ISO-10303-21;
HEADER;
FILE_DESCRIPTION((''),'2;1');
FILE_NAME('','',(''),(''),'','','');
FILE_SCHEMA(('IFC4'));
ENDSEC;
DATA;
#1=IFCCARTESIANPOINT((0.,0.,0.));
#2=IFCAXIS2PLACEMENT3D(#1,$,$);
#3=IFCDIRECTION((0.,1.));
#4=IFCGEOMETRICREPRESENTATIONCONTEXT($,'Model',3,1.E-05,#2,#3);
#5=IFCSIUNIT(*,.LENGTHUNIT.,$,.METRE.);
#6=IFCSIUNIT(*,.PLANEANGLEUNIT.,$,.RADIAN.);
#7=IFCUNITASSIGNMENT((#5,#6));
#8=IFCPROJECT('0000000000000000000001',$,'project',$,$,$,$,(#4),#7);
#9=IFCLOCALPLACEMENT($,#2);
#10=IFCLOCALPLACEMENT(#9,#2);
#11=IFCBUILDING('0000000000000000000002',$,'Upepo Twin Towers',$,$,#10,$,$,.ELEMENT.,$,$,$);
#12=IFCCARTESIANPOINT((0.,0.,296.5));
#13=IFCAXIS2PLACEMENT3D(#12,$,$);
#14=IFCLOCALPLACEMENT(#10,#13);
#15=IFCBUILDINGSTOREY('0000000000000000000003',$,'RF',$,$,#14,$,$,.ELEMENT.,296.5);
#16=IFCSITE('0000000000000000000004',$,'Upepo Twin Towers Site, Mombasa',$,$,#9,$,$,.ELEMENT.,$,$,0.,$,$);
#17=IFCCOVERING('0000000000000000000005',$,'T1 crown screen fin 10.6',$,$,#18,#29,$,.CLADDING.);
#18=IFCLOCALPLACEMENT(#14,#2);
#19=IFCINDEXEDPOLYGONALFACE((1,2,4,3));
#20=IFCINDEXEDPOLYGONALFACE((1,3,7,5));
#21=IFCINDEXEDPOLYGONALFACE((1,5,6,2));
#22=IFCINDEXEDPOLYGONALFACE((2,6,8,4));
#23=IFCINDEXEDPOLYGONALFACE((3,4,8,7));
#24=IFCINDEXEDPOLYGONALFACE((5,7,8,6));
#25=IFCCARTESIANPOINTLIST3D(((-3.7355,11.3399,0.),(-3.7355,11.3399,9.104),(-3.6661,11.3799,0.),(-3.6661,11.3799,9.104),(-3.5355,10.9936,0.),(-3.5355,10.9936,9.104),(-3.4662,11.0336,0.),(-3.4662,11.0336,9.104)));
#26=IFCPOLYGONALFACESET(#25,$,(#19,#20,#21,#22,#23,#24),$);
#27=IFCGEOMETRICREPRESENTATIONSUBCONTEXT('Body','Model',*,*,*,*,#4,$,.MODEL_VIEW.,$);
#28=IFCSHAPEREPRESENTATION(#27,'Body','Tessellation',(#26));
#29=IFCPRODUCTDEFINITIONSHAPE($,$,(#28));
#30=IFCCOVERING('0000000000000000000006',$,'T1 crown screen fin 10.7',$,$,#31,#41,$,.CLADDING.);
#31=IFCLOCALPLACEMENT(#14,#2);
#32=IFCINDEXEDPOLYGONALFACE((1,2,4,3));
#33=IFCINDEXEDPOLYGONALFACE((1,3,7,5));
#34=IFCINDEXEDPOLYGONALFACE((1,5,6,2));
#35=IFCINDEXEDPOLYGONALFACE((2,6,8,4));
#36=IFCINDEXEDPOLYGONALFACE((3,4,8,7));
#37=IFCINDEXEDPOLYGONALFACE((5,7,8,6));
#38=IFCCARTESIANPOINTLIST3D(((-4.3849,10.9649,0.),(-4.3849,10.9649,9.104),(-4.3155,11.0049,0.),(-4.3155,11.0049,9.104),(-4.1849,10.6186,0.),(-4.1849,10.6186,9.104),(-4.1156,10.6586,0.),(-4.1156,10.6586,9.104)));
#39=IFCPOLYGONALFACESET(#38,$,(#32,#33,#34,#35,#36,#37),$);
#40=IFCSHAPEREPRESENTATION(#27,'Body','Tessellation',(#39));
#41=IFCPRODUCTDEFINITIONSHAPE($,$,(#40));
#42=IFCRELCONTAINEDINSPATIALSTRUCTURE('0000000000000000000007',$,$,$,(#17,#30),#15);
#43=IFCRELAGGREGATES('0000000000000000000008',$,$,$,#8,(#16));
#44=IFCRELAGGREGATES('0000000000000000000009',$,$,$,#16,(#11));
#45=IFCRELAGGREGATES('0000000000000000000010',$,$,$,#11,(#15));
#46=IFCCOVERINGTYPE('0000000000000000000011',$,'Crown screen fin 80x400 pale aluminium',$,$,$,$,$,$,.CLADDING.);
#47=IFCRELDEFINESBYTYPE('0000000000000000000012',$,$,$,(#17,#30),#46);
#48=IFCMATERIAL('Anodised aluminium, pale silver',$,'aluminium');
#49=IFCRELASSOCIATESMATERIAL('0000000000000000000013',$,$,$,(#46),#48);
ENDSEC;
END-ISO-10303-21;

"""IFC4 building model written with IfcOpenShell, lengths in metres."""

from ifc_helpers import new_model, si_unit, direction, frame, origin, origin_2d, place, context, subcontext, project, spatial, rectangle, extrude, material, type_object, element, save


model = new_model("IFC4")

# Units and contexts
model_context = context("Model", 3, precision=1e-05, world=origin(), true_north=direction((0.0, 1.0)))
body_context = subcontext(model_context, "Body", "Model", "MODEL_VIEW")
ifc_project = project(units=[si_unit("LENGTHUNIT", "METRE"), si_unit("PLANEANGLEUNIT", "RADIAN")], contexts=[model_context])

# Site, building, storey
site_placement = place(None, origin())
site = spatial("IfcSite", under=ifc_project, at=site_placement, Name="Upepo Twin Towers Site, Mombasa", CompositionType="ELEMENT", RefElevation=0.0)
building_placement = place(site_placement, origin())
building = spatial("IfcBuilding", under=site, at=building_placement, Name="Upepo Twin Towers", CompositionType="ELEMENT")
storey_placement = place(building_placement, frame((0.0, 0.0, 296.5)))
storey = spatial("IfcBuildingStorey", under=building, at=storey_placement, Name="RF", CompositionType="ELEMENT", Elevation=296.5)

# Coverings
ifc_material_1 = material(Name="Anodised aluminium, pale silver", Category="aluminium")
covering_type = type_object("IfcCoveringType", Name="Crown screen fin 80x400 pale aluminium", PredefinedType="CLADDING", material=ifc_material_1)
for number, where, z_axis, x_axis, name in (
    (1, (-3.6008, 11.1868, 0.0), (0.0, 0.0, 1.0), (-0.866025, -0.5, 0.0), "T1 crown screen fin 10.6"),
    (2, (-4.2502, 10.8118, 0.0), (0.0, 0.0, 1.0), (-0.866025, -0.5, 0.0), "T1 crown screen fin 10.7"),
):
    element("IfcCovering", number, at=place(storey_placement, frame(where, z_axis=z_axis, x_axis=x_axis)), inside=storey, type_object=covering_type, Name=name, PredefinedType="CLADDING", context=body_context, shape_type="SweptSolid", body=[
        extrude(rectangle(XDim=0.0801, YDim=0.3999, at=origin_2d()), origin(), (0.0, 0.0, 1.0), 9.104),
    ])

save(model, "model.ifc")
